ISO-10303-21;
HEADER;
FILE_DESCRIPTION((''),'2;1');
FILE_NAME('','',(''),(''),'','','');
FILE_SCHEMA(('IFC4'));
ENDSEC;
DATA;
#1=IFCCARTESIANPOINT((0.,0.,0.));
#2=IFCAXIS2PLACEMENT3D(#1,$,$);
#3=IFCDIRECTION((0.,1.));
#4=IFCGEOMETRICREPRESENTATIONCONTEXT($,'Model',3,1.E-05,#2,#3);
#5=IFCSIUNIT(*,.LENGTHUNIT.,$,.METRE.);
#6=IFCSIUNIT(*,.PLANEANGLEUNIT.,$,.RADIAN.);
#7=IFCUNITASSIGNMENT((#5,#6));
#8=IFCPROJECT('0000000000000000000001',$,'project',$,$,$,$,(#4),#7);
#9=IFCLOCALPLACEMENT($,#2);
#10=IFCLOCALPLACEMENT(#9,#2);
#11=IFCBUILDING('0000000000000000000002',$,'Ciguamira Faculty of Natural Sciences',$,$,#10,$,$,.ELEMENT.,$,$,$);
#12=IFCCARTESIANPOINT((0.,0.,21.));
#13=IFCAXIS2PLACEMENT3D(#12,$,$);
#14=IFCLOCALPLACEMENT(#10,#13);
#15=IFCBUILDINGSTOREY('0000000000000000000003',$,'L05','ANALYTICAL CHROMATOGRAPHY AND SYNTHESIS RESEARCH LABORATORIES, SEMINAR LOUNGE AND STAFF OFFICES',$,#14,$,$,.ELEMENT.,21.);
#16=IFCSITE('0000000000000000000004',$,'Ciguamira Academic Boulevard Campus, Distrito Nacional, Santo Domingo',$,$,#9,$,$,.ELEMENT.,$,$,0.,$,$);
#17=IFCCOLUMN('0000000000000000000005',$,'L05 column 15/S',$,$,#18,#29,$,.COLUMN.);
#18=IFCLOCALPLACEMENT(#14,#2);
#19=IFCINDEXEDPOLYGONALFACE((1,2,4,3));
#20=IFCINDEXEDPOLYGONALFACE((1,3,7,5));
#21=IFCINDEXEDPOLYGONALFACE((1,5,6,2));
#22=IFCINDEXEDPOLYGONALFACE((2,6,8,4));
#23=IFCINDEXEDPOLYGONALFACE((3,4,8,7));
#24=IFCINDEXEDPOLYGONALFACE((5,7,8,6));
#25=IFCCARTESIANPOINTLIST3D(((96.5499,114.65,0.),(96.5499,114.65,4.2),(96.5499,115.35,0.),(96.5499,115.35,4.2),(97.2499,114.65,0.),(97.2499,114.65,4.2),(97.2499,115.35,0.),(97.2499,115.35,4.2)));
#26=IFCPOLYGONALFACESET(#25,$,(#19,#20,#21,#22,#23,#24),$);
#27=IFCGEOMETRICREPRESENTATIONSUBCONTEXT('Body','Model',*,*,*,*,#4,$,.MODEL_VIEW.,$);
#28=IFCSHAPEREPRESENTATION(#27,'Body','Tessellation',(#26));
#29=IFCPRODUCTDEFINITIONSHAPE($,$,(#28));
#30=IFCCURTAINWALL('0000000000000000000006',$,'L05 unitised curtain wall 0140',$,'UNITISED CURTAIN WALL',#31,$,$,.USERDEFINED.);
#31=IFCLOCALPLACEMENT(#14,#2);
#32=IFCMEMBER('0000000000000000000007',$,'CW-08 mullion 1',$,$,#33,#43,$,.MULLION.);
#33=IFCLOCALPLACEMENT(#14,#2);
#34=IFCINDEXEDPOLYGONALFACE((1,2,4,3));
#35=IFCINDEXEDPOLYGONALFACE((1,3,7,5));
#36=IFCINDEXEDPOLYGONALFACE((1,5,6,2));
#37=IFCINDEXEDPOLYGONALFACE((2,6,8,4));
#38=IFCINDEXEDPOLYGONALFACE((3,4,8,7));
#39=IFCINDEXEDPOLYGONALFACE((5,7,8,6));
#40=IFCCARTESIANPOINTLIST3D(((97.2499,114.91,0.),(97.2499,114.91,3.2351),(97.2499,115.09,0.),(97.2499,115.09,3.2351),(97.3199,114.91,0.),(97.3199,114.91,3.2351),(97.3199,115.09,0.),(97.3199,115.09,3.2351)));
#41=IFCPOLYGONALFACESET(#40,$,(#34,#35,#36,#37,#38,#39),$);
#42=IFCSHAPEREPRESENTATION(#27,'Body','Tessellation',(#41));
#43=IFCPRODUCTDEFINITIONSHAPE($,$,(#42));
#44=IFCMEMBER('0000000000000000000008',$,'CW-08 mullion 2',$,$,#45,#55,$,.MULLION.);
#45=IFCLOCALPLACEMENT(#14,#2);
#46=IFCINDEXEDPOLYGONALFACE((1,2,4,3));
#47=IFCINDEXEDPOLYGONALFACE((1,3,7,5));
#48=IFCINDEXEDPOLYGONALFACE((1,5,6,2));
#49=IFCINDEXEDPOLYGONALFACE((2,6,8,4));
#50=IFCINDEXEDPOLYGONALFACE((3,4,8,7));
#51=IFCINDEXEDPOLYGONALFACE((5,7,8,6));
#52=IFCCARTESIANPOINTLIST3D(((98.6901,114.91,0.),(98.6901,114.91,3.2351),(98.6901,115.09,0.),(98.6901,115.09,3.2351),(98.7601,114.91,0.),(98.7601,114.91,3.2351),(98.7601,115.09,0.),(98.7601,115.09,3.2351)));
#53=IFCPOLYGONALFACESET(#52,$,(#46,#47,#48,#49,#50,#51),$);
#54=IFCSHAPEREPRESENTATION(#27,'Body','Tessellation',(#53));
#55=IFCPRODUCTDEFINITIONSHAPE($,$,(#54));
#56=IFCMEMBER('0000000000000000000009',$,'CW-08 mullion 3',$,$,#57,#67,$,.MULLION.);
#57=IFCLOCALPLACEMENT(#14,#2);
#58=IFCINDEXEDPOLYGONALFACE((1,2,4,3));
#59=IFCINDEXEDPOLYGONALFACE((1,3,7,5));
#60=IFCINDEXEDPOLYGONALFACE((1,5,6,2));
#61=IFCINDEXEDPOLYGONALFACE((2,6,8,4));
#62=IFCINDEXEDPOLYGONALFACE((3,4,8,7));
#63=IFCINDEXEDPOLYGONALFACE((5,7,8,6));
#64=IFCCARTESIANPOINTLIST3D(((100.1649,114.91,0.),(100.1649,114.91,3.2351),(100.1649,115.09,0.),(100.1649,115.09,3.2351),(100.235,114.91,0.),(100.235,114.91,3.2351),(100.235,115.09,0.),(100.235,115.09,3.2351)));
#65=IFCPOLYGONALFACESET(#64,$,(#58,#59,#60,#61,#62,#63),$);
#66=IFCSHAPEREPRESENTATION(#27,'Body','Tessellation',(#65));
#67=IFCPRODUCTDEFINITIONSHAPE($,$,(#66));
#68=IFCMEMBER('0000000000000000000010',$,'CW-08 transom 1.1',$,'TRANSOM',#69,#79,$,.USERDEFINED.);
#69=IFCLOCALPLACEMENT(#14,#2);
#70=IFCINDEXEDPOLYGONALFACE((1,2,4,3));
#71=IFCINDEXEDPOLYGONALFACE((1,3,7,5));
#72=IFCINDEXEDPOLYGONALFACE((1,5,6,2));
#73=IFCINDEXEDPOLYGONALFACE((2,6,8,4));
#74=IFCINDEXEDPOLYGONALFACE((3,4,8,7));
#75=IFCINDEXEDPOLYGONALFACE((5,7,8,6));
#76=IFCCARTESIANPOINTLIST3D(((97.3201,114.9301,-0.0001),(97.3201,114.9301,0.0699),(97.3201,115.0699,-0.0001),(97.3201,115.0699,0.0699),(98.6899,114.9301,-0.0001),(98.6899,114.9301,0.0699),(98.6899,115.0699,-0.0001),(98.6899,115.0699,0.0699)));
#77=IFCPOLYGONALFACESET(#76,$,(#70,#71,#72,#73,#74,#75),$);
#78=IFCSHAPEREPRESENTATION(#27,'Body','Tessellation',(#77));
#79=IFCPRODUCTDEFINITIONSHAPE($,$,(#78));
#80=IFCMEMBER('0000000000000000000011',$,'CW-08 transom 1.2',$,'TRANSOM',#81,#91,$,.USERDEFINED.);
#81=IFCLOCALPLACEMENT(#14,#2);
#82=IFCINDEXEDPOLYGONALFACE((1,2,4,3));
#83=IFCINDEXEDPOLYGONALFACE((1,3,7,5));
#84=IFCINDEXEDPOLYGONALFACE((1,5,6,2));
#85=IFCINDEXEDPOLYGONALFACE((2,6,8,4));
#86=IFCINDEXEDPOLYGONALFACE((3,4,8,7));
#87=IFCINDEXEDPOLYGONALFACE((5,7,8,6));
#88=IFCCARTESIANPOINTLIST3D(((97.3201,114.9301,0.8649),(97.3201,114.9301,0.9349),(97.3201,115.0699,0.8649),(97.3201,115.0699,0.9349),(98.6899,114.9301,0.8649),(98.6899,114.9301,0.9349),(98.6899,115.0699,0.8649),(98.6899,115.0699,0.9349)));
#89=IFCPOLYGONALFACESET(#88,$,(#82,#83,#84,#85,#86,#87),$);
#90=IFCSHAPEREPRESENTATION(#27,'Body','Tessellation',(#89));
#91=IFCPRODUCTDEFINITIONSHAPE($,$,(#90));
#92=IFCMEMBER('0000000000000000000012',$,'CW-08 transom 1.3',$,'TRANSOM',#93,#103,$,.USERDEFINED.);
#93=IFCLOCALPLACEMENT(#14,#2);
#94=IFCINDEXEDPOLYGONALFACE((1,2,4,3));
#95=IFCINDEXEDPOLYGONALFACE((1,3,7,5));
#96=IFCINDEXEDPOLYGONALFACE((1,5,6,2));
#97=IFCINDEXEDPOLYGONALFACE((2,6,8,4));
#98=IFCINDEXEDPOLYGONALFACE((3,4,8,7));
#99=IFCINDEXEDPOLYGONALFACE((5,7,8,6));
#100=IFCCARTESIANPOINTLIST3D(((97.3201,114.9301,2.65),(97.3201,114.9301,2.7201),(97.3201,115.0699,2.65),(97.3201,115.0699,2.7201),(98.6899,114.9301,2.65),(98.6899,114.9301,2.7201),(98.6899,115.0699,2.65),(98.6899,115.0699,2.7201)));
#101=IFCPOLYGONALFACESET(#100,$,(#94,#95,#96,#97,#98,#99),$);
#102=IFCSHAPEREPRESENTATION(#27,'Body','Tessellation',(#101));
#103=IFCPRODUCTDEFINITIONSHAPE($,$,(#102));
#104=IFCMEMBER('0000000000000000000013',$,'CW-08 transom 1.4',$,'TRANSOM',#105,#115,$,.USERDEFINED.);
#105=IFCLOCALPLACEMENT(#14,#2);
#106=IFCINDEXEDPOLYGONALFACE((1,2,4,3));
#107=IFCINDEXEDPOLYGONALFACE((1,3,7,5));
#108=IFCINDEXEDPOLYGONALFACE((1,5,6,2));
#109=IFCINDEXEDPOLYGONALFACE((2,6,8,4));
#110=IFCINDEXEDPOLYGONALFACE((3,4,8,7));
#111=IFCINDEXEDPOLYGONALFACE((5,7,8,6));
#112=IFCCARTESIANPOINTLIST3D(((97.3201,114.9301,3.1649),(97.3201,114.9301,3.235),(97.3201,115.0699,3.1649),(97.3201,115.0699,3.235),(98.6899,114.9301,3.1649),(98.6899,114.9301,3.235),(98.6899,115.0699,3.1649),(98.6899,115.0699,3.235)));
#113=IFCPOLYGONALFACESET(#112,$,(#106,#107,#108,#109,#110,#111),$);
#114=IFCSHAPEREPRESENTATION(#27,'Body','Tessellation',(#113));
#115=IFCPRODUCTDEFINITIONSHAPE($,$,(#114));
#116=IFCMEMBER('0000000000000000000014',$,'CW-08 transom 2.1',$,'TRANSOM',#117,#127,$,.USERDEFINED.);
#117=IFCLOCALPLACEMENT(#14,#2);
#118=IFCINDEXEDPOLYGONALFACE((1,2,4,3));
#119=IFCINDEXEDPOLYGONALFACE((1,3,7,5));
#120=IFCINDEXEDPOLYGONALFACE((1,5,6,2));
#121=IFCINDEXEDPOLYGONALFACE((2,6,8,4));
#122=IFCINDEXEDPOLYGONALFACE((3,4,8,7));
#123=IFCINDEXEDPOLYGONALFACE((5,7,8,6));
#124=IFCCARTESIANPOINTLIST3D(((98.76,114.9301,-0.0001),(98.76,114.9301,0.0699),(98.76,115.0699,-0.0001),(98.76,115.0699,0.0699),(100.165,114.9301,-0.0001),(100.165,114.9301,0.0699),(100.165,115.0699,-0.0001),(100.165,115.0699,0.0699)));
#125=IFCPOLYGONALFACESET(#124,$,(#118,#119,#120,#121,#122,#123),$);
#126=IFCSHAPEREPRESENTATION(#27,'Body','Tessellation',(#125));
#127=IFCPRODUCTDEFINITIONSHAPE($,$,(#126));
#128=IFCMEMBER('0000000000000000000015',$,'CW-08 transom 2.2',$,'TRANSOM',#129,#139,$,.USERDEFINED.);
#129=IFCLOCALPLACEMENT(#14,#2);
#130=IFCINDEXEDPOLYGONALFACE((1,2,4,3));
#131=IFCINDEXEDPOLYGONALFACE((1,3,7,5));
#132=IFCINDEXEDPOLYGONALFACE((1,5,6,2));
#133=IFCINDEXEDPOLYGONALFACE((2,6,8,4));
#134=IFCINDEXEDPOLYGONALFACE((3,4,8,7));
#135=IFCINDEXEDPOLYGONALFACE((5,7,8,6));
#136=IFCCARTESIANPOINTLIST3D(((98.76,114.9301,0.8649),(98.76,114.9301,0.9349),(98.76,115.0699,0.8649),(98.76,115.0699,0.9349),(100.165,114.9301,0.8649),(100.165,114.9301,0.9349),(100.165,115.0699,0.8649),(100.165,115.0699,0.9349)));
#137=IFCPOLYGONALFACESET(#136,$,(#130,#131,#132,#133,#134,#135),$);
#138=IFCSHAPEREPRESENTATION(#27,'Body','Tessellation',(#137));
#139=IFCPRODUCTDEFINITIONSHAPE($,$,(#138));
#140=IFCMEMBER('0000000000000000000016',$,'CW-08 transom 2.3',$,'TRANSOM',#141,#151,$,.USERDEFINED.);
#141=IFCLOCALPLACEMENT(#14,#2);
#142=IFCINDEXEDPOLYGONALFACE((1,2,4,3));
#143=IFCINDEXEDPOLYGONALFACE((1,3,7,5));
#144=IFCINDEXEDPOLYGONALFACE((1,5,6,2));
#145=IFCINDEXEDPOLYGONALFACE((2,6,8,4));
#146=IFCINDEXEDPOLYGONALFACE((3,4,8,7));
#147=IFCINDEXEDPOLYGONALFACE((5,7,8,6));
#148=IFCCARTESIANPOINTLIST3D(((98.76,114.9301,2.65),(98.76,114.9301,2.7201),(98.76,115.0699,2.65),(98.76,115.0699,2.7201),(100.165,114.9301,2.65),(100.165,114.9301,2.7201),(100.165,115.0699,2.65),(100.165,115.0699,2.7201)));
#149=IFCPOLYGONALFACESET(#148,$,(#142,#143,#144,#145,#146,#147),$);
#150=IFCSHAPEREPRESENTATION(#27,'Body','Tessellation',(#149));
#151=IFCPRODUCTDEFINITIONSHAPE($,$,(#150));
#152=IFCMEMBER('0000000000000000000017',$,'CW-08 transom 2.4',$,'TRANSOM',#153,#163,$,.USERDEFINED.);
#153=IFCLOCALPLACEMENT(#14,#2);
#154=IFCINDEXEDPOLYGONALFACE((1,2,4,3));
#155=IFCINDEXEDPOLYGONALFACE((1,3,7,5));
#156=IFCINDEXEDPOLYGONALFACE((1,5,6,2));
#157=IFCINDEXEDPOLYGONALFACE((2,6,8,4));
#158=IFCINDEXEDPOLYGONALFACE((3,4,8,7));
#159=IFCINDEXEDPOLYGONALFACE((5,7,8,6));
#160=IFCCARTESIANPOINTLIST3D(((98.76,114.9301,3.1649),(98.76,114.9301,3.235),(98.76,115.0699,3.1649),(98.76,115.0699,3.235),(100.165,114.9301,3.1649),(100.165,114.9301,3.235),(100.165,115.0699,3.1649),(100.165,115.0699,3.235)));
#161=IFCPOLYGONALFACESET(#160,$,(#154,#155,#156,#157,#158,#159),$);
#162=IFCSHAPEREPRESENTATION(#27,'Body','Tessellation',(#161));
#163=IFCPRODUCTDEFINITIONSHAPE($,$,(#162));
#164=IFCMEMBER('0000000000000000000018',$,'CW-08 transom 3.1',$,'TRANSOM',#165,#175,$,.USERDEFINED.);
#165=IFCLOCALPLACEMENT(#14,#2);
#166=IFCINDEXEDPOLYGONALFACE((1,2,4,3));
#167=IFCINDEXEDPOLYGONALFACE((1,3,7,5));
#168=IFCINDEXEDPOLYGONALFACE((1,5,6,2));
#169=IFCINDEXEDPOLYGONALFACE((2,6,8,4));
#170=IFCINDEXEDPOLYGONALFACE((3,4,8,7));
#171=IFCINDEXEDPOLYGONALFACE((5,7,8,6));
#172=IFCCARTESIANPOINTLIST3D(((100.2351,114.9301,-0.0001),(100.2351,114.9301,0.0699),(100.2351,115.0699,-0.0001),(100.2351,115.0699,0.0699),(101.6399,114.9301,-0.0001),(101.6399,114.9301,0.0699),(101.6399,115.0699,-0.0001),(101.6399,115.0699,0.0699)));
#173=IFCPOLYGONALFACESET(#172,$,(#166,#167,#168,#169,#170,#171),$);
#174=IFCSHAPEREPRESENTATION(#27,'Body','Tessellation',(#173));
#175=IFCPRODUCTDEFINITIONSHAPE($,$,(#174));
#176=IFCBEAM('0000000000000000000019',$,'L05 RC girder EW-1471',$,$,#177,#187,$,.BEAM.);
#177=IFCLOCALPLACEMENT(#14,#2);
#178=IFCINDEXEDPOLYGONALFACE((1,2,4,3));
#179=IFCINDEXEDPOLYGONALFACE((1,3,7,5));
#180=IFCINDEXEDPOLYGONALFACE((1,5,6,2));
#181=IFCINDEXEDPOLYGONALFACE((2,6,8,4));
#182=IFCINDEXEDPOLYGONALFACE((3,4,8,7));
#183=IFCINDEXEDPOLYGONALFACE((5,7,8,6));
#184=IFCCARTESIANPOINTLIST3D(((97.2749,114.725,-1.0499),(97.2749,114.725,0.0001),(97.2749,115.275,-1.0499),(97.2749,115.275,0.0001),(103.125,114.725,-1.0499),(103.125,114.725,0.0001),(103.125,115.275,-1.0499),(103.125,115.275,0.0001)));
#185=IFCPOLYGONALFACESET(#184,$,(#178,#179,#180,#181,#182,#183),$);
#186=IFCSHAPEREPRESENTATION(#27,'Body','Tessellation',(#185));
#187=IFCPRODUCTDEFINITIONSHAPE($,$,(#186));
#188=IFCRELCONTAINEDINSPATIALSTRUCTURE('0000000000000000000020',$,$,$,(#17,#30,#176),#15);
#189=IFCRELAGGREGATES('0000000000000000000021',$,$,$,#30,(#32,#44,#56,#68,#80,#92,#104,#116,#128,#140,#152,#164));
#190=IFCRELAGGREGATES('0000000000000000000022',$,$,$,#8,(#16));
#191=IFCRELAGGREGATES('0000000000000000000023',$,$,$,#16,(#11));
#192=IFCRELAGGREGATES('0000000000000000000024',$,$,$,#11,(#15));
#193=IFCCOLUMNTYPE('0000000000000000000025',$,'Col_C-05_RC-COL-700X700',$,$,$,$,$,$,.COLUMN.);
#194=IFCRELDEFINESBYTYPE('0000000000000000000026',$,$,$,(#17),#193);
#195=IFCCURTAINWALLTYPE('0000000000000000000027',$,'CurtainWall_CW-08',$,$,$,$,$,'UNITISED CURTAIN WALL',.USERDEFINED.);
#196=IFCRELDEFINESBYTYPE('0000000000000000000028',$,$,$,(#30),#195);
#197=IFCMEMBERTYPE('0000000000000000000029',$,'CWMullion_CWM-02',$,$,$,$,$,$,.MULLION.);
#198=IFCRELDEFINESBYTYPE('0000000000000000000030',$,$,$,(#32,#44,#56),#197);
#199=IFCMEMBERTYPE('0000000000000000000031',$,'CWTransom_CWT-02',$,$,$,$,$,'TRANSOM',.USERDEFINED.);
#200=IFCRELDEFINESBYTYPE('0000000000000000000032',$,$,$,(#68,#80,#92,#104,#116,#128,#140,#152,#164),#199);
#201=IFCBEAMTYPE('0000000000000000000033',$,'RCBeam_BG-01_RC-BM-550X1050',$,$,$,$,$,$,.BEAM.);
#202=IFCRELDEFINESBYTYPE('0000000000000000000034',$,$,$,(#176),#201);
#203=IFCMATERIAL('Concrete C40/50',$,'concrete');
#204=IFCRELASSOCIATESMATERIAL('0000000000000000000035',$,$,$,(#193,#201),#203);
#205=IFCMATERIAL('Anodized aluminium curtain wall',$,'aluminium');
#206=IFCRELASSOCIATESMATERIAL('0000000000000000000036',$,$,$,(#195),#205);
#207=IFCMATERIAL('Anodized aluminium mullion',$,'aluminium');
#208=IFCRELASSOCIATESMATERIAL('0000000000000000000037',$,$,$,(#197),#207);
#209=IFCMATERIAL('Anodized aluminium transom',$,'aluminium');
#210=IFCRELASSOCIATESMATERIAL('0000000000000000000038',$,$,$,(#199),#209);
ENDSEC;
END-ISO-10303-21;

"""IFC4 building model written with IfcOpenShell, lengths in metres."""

from ifc_helpers import new_model, si_unit, direction, frame, origin, origin_2d, place, context, subcontext, project, spatial, rectangle, extrude, material, material_profile, profile_set, type_object, element, aggregate, save


model = new_model("IFC4")

# Units and contexts
model_context = context("Model", 3, precision=1e-05, world=origin(), true_north=direction((0.0, 1.0)))
body_context = subcontext(model_context, "Body", "Model", "MODEL_VIEW")
ifc_project = project(units=[si_unit("LENGTHUNIT", "METRE"), si_unit("PLANEANGLEUNIT", "RADIAN")], contexts=[model_context])

# Site, building, storey
site_placement = place(None, origin())
site = spatial("IfcSite", under=ifc_project, at=site_placement, Name="Ciguamira Academic Boulevard Campus, Distrito Nacional, Santo Domingo", CompositionType="ELEMENT", RefElevation=0.0)
building_placement = place(site_placement, origin())
building = spatial("IfcBuilding", under=site, at=building_placement, Name="Ciguamira Faculty of Natural Sciences", CompositionType="ELEMENT")
storey_placement = place(building_placement, frame((0.0, 0.0, 21.0)))
storey = spatial("IfcBuildingStorey", under=building, at=storey_placement, Name="L05", Description="ANALYTICAL CHROMATOGRAPHY AND SYNTHESIS RESEARCH LABORATORIES, SEMINAR LOUNGE AND STAFF OFFICES", CompositionType="ELEMENT", Elevation=21.0)

# Column
ifc_material_1 = material(Name="Concrete C40/50", Category="concrete")
ifc_material_profile_1 = material_profile(ifc_material_1, rectangle(XDim=0.7, YDim=0.7, at=origin_2d()), Name="RC-COL-700X700")
ifc_profile_set_1 = profile_set([ifc_material_profile_1], Name="Concrete C40/50")
column_type = type_object("IfcColumnType", Name="Col_C-05_RC-COL-700X700", PredefinedType="COLUMN", material=ifc_profile_set_1)
column_placement = place(storey_placement, frame((96.8999, 115.0, 0.0), z_axis=(0.0, 0.0, 1.0), x_axis=(1.0, 0.0, 0.0)))
element("IfcColumn", 1, at=column_placement, inside=storey, type_object=column_type, Name="L05 column 15/S", PredefinedType="COLUMN", context=body_context, shape_type="SweptSolid", body=[
    extrude(rectangle(XDim=0.7, YDim=0.7, at=origin_2d()), origin(), (0.0, 0.0, 1.0), 4.2),
])

# Curtain wall, members
ifc_material_2 = material(Name="Anodized aluminium curtain wall", Category="aluminium")
curtain_wall_type = type_object("IfcCurtainWallType", Name="CurtainWall_CW-08", ElementType="UNITISED CURTAIN WALL", PredefinedType="USERDEFINED", material=ifc_material_2)
curtain_wall_placement = place(storey_placement, origin())
curtain_wall = element("IfcCurtainWall", 2, at=curtain_wall_placement, inside=storey, type_object=curtain_wall_type, Name="L05 unitised curtain wall 0140", ObjectType="UNITISED CURTAIN WALL", PredefinedType="USERDEFINED")
ifc_material_3 = material(Name="Anodized aluminium mullion", Category="aluminium")
ifc_material_profile_2 = material_profile(ifc_material_3, rectangle(XDim=0.0701, YDim=0.1799, at=origin_2d()), Name="ALU-MUL-70X180")
ifc_profile_set_2 = profile_set([ifc_material_profile_2], Name="Anodized aluminium mullion")
member_type_1 = type_object("IfcMemberType", Name="CWMullion_CWM-02", PredefinedType="MULLION", material=ifc_profile_set_2)
member_1_placement = place(storey_placement, frame((97.2849, 115.0, 0.0), z_axis=(0.0, 0.0, 1.0), x_axis=(1.0, 0.0, 0.0)))
member_1 = element("IfcMember", 3, at=member_1_placement, type_object=member_type_1, Name="CW-08 mullion 1", PredefinedType="MULLION", context=body_context, shape_type="SweptSolid", body=[
    extrude(rectangle(XDim=0.0701, YDim=0.1799, at=origin_2d()), origin(), (0.0, 0.0, 1.0), 3.2351),
])
member_2_placement = place(storey_placement, frame((98.7251, 115.0, 0.0), z_axis=(0.0, 0.0, 1.0), x_axis=(1.0, 0.0, 0.0)))
member_2 = element("IfcMember", 4, at=member_2_placement, type_object=member_type_1, Name="CW-08 mullion 2", PredefinedType="MULLION", context=body_context, shape_type="SweptSolid", body=[
    extrude(rectangle(XDim=0.0701, YDim=0.1799, at=origin_2d()), origin(), (0.0, 0.0, 1.0), 3.2351),
])
member_3_placement = place(storey_placement, frame((100.2, 115.0, 0.0), z_axis=(0.0, 0.0, 1.0), x_axis=(1.0, 0.0, 0.0)))
member_3 = element("IfcMember", 5, at=member_3_placement, type_object=member_type_1, Name="CW-08 mullion 3", PredefinedType="MULLION", context=body_context, shape_type="SweptSolid", body=[
    extrude(rectangle(XDim=0.0701, YDim=0.1799, at=origin_2d()), origin(), (0.0, 0.0, 1.0), 3.2351),
])
ifc_material_4 = material(Name="Anodized aluminium transom", Category="aluminium")
ifc_material_profile_3 = material_profile(ifc_material_4, rectangle(XDim=0.0701, YDim=0.1399, at=origin_2d()), Name="ALU-TRN-70X140")
ifc_profile_set_3 = profile_set([ifc_material_profile_3], Name="Anodized aluminium transom")
member_type_2 = type_object("IfcMemberType", Name="CWTransom_CWT-02", ElementType="TRANSOM", PredefinedType="USERDEFINED", material=ifc_profile_set_3)
member_4_placement = place(storey_placement, frame((97.3201, 115.0, 0.0349), z_axis=(1.0, 0.0, 0.0), x_axis=(0.0, 0.0, 1.0)))
member_4 = element("IfcMember", 6, at=member_4_placement, type_object=member_type_2, Name="CW-08 transom 1.1", ObjectType="TRANSOM", PredefinedType="USERDEFINED", context=body_context, shape_type="SweptSolid", body=[
    extrude(rectangle(XDim=0.0701, YDim=0.1399, at=origin_2d()), origin(), (0.0, 0.0, 1.0), 1.3699),
])
member_5_placement = place(storey_placement, frame((97.3201, 115.0, 0.8999), z_axis=(1.0, 0.0, 0.0), x_axis=(0.0, 0.0, 1.0)))
member_5 = element("IfcMember", 7, at=member_5_placement, type_object=member_type_2, Name="CW-08 transom 1.2", ObjectType="TRANSOM", PredefinedType="USERDEFINED", context=body_context, shape_type="SweptSolid", body=[
    extrude(rectangle(XDim=0.0701, YDim=0.1399, at=origin_2d()), origin(), (0.0, 0.0, 1.0), 1.3699),
])
member_6_placement = place(storey_placement, frame((97.3201, 115.0, 2.6851), z_axis=(1.0, 0.0, 0.0), x_axis=(0.0, 0.0, 1.0)))
member_6 = element("IfcMember", 8, at=member_6_placement, type_object=member_type_2, Name="CW-08 transom 1.3", ObjectType="TRANSOM", PredefinedType="USERDEFINED", context=body_context, shape_type="SweptSolid", body=[
    extrude(rectangle(XDim=0.0701, YDim=0.1399, at=origin_2d()), origin(), (0.0, 0.0, 1.0), 1.3699),
])
member_7_placement = place(storey_placement, frame((97.3201, 115.0, 3.2), z_axis=(1.0, 0.0, 0.0), x_axis=(0.0, 0.0, 1.0)))
member_7 = element("IfcMember", 9, at=member_7_placement, type_object=member_type_2, Name="CW-08 transom 1.4", ObjectType="TRANSOM", PredefinedType="USERDEFINED", context=body_context, shape_type="SweptSolid", body=[
    extrude(rectangle(XDim=0.0701, YDim=0.1399, at=origin_2d()), origin(), (0.0, 0.0, 1.0), 1.3699),
])
member_8_placement = place(storey_placement, frame((98.76, 115.0, 0.0349), z_axis=(1.0, 0.0, 0.0), x_axis=(0.0, 0.0, 1.0)))
member_8 = element("IfcMember", 10, at=member_8_placement, type_object=member_type_2, Name="CW-08 transom 2.1", ObjectType="TRANSOM", PredefinedType="USERDEFINED", context=body_context, shape_type="SweptSolid", body=[
    extrude(rectangle(XDim=0.0701, YDim=0.1399, at=origin_2d()), origin(), (0.0, 0.0, 1.0), 1.405),
])
member_9_placement = place(storey_placement, frame((98.76, 115.0, 0.8999), z_axis=(1.0, 0.0, 0.0), x_axis=(0.0, 0.0, 1.0)))
member_9 = element("IfcMember", 11, at=member_9_placement, type_object=member_type_2, Name="CW-08 transom 2.2", ObjectType="TRANSOM", PredefinedType="USERDEFINED", context=body_context, shape_type="SweptSolid", body=[
    extrude(rectangle(XDim=0.0701, YDim=0.1399, at=origin_2d()), origin(), (0.0, 0.0, 1.0), 1.405),
])
member_10_placement = place(storey_placement, frame((98.76, 115.0, 2.6851), z_axis=(1.0, 0.0, 0.0), x_axis=(0.0, 0.0, 1.0)))
member_10 = element("IfcMember", 12, at=member_10_placement, type_object=member_type_2, Name="CW-08 transom 2.3", ObjectType="TRANSOM", PredefinedType="USERDEFINED", context=body_context, shape_type="SweptSolid", body=[
    extrude(rectangle(XDim=0.0701, YDim=0.1399, at=origin_2d()), origin(), (0.0, 0.0, 1.0), 1.405),
])
member_11_placement = place(storey_placement, frame((98.76, 115.0, 3.2), z_axis=(1.0, 0.0, 0.0), x_axis=(0.0, 0.0, 1.0)))
member_11 = element("IfcMember", 13, at=member_11_placement, type_object=member_type_2, Name="CW-08 transom 2.4", ObjectType="TRANSOM", PredefinedType="USERDEFINED", context=body_context, shape_type="SweptSolid", body=[
    extrude(rectangle(XDim=0.0701, YDim=0.1399, at=origin_2d()), origin(), (0.0, 0.0, 1.0), 1.405),
])
member_12_placement = place(storey_placement, frame((100.2351, 115.0, 0.0349), z_axis=(1.0, 0.0, 0.0), x_axis=(0.0, 0.0, 1.0)))
member_12 = element("IfcMember", 14, at=member_12_placement, type_object=member_type_2, Name="CW-08 transom 3.1", ObjectType="TRANSOM", PredefinedType="USERDEFINED", context=body_context, shape_type="SweptSolid", body=[
    extrude(rectangle(XDim=0.0701, YDim=0.1399, at=origin_2d()), origin(), (0.0, 0.0, 1.0), 1.4048),
])

# Beam
ifc_material_profile_4 = material_profile(ifc_material_1, rectangle(XDim=0.55, YDim=1.05, at=origin_2d()), Name="RC-BM-550X1050")
ifc_profile_set_4 = profile_set([ifc_material_profile_4], Name="Concrete C40/50")
beam_type_1 = type_object("IfcBeamType", Name="RCBeam_BG-01_RC-BM-550X1050", PredefinedType="BEAM", material=ifc_profile_set_4)
beam_1_placement = place(storey_placement, frame((97.2749, 115.0, -0.5249), z_axis=(1.0, 0.0, 0.0), x_axis=(0.0, 1.0, 0.0)))
element("IfcBeam", 15, at=beam_1_placement, inside=storey, type_object=beam_type_1, Name="L05 RC girder EW-1471", PredefinedType="BEAM", context=body_context, shape_type="SweptSolid", body=[
    extrude(rectangle(XDim=0.55, YDim=1.05, at=origin_2d()), origin(), (0.0, 0.0, 1.0), 5.8501),
])

aggregate(curtain_wall, [member_1, member_2, member_3, member_4, member_5, member_6, member_7, member_8, member_9, member_10, member_11, member_12])

save(model, "model.ifc")
